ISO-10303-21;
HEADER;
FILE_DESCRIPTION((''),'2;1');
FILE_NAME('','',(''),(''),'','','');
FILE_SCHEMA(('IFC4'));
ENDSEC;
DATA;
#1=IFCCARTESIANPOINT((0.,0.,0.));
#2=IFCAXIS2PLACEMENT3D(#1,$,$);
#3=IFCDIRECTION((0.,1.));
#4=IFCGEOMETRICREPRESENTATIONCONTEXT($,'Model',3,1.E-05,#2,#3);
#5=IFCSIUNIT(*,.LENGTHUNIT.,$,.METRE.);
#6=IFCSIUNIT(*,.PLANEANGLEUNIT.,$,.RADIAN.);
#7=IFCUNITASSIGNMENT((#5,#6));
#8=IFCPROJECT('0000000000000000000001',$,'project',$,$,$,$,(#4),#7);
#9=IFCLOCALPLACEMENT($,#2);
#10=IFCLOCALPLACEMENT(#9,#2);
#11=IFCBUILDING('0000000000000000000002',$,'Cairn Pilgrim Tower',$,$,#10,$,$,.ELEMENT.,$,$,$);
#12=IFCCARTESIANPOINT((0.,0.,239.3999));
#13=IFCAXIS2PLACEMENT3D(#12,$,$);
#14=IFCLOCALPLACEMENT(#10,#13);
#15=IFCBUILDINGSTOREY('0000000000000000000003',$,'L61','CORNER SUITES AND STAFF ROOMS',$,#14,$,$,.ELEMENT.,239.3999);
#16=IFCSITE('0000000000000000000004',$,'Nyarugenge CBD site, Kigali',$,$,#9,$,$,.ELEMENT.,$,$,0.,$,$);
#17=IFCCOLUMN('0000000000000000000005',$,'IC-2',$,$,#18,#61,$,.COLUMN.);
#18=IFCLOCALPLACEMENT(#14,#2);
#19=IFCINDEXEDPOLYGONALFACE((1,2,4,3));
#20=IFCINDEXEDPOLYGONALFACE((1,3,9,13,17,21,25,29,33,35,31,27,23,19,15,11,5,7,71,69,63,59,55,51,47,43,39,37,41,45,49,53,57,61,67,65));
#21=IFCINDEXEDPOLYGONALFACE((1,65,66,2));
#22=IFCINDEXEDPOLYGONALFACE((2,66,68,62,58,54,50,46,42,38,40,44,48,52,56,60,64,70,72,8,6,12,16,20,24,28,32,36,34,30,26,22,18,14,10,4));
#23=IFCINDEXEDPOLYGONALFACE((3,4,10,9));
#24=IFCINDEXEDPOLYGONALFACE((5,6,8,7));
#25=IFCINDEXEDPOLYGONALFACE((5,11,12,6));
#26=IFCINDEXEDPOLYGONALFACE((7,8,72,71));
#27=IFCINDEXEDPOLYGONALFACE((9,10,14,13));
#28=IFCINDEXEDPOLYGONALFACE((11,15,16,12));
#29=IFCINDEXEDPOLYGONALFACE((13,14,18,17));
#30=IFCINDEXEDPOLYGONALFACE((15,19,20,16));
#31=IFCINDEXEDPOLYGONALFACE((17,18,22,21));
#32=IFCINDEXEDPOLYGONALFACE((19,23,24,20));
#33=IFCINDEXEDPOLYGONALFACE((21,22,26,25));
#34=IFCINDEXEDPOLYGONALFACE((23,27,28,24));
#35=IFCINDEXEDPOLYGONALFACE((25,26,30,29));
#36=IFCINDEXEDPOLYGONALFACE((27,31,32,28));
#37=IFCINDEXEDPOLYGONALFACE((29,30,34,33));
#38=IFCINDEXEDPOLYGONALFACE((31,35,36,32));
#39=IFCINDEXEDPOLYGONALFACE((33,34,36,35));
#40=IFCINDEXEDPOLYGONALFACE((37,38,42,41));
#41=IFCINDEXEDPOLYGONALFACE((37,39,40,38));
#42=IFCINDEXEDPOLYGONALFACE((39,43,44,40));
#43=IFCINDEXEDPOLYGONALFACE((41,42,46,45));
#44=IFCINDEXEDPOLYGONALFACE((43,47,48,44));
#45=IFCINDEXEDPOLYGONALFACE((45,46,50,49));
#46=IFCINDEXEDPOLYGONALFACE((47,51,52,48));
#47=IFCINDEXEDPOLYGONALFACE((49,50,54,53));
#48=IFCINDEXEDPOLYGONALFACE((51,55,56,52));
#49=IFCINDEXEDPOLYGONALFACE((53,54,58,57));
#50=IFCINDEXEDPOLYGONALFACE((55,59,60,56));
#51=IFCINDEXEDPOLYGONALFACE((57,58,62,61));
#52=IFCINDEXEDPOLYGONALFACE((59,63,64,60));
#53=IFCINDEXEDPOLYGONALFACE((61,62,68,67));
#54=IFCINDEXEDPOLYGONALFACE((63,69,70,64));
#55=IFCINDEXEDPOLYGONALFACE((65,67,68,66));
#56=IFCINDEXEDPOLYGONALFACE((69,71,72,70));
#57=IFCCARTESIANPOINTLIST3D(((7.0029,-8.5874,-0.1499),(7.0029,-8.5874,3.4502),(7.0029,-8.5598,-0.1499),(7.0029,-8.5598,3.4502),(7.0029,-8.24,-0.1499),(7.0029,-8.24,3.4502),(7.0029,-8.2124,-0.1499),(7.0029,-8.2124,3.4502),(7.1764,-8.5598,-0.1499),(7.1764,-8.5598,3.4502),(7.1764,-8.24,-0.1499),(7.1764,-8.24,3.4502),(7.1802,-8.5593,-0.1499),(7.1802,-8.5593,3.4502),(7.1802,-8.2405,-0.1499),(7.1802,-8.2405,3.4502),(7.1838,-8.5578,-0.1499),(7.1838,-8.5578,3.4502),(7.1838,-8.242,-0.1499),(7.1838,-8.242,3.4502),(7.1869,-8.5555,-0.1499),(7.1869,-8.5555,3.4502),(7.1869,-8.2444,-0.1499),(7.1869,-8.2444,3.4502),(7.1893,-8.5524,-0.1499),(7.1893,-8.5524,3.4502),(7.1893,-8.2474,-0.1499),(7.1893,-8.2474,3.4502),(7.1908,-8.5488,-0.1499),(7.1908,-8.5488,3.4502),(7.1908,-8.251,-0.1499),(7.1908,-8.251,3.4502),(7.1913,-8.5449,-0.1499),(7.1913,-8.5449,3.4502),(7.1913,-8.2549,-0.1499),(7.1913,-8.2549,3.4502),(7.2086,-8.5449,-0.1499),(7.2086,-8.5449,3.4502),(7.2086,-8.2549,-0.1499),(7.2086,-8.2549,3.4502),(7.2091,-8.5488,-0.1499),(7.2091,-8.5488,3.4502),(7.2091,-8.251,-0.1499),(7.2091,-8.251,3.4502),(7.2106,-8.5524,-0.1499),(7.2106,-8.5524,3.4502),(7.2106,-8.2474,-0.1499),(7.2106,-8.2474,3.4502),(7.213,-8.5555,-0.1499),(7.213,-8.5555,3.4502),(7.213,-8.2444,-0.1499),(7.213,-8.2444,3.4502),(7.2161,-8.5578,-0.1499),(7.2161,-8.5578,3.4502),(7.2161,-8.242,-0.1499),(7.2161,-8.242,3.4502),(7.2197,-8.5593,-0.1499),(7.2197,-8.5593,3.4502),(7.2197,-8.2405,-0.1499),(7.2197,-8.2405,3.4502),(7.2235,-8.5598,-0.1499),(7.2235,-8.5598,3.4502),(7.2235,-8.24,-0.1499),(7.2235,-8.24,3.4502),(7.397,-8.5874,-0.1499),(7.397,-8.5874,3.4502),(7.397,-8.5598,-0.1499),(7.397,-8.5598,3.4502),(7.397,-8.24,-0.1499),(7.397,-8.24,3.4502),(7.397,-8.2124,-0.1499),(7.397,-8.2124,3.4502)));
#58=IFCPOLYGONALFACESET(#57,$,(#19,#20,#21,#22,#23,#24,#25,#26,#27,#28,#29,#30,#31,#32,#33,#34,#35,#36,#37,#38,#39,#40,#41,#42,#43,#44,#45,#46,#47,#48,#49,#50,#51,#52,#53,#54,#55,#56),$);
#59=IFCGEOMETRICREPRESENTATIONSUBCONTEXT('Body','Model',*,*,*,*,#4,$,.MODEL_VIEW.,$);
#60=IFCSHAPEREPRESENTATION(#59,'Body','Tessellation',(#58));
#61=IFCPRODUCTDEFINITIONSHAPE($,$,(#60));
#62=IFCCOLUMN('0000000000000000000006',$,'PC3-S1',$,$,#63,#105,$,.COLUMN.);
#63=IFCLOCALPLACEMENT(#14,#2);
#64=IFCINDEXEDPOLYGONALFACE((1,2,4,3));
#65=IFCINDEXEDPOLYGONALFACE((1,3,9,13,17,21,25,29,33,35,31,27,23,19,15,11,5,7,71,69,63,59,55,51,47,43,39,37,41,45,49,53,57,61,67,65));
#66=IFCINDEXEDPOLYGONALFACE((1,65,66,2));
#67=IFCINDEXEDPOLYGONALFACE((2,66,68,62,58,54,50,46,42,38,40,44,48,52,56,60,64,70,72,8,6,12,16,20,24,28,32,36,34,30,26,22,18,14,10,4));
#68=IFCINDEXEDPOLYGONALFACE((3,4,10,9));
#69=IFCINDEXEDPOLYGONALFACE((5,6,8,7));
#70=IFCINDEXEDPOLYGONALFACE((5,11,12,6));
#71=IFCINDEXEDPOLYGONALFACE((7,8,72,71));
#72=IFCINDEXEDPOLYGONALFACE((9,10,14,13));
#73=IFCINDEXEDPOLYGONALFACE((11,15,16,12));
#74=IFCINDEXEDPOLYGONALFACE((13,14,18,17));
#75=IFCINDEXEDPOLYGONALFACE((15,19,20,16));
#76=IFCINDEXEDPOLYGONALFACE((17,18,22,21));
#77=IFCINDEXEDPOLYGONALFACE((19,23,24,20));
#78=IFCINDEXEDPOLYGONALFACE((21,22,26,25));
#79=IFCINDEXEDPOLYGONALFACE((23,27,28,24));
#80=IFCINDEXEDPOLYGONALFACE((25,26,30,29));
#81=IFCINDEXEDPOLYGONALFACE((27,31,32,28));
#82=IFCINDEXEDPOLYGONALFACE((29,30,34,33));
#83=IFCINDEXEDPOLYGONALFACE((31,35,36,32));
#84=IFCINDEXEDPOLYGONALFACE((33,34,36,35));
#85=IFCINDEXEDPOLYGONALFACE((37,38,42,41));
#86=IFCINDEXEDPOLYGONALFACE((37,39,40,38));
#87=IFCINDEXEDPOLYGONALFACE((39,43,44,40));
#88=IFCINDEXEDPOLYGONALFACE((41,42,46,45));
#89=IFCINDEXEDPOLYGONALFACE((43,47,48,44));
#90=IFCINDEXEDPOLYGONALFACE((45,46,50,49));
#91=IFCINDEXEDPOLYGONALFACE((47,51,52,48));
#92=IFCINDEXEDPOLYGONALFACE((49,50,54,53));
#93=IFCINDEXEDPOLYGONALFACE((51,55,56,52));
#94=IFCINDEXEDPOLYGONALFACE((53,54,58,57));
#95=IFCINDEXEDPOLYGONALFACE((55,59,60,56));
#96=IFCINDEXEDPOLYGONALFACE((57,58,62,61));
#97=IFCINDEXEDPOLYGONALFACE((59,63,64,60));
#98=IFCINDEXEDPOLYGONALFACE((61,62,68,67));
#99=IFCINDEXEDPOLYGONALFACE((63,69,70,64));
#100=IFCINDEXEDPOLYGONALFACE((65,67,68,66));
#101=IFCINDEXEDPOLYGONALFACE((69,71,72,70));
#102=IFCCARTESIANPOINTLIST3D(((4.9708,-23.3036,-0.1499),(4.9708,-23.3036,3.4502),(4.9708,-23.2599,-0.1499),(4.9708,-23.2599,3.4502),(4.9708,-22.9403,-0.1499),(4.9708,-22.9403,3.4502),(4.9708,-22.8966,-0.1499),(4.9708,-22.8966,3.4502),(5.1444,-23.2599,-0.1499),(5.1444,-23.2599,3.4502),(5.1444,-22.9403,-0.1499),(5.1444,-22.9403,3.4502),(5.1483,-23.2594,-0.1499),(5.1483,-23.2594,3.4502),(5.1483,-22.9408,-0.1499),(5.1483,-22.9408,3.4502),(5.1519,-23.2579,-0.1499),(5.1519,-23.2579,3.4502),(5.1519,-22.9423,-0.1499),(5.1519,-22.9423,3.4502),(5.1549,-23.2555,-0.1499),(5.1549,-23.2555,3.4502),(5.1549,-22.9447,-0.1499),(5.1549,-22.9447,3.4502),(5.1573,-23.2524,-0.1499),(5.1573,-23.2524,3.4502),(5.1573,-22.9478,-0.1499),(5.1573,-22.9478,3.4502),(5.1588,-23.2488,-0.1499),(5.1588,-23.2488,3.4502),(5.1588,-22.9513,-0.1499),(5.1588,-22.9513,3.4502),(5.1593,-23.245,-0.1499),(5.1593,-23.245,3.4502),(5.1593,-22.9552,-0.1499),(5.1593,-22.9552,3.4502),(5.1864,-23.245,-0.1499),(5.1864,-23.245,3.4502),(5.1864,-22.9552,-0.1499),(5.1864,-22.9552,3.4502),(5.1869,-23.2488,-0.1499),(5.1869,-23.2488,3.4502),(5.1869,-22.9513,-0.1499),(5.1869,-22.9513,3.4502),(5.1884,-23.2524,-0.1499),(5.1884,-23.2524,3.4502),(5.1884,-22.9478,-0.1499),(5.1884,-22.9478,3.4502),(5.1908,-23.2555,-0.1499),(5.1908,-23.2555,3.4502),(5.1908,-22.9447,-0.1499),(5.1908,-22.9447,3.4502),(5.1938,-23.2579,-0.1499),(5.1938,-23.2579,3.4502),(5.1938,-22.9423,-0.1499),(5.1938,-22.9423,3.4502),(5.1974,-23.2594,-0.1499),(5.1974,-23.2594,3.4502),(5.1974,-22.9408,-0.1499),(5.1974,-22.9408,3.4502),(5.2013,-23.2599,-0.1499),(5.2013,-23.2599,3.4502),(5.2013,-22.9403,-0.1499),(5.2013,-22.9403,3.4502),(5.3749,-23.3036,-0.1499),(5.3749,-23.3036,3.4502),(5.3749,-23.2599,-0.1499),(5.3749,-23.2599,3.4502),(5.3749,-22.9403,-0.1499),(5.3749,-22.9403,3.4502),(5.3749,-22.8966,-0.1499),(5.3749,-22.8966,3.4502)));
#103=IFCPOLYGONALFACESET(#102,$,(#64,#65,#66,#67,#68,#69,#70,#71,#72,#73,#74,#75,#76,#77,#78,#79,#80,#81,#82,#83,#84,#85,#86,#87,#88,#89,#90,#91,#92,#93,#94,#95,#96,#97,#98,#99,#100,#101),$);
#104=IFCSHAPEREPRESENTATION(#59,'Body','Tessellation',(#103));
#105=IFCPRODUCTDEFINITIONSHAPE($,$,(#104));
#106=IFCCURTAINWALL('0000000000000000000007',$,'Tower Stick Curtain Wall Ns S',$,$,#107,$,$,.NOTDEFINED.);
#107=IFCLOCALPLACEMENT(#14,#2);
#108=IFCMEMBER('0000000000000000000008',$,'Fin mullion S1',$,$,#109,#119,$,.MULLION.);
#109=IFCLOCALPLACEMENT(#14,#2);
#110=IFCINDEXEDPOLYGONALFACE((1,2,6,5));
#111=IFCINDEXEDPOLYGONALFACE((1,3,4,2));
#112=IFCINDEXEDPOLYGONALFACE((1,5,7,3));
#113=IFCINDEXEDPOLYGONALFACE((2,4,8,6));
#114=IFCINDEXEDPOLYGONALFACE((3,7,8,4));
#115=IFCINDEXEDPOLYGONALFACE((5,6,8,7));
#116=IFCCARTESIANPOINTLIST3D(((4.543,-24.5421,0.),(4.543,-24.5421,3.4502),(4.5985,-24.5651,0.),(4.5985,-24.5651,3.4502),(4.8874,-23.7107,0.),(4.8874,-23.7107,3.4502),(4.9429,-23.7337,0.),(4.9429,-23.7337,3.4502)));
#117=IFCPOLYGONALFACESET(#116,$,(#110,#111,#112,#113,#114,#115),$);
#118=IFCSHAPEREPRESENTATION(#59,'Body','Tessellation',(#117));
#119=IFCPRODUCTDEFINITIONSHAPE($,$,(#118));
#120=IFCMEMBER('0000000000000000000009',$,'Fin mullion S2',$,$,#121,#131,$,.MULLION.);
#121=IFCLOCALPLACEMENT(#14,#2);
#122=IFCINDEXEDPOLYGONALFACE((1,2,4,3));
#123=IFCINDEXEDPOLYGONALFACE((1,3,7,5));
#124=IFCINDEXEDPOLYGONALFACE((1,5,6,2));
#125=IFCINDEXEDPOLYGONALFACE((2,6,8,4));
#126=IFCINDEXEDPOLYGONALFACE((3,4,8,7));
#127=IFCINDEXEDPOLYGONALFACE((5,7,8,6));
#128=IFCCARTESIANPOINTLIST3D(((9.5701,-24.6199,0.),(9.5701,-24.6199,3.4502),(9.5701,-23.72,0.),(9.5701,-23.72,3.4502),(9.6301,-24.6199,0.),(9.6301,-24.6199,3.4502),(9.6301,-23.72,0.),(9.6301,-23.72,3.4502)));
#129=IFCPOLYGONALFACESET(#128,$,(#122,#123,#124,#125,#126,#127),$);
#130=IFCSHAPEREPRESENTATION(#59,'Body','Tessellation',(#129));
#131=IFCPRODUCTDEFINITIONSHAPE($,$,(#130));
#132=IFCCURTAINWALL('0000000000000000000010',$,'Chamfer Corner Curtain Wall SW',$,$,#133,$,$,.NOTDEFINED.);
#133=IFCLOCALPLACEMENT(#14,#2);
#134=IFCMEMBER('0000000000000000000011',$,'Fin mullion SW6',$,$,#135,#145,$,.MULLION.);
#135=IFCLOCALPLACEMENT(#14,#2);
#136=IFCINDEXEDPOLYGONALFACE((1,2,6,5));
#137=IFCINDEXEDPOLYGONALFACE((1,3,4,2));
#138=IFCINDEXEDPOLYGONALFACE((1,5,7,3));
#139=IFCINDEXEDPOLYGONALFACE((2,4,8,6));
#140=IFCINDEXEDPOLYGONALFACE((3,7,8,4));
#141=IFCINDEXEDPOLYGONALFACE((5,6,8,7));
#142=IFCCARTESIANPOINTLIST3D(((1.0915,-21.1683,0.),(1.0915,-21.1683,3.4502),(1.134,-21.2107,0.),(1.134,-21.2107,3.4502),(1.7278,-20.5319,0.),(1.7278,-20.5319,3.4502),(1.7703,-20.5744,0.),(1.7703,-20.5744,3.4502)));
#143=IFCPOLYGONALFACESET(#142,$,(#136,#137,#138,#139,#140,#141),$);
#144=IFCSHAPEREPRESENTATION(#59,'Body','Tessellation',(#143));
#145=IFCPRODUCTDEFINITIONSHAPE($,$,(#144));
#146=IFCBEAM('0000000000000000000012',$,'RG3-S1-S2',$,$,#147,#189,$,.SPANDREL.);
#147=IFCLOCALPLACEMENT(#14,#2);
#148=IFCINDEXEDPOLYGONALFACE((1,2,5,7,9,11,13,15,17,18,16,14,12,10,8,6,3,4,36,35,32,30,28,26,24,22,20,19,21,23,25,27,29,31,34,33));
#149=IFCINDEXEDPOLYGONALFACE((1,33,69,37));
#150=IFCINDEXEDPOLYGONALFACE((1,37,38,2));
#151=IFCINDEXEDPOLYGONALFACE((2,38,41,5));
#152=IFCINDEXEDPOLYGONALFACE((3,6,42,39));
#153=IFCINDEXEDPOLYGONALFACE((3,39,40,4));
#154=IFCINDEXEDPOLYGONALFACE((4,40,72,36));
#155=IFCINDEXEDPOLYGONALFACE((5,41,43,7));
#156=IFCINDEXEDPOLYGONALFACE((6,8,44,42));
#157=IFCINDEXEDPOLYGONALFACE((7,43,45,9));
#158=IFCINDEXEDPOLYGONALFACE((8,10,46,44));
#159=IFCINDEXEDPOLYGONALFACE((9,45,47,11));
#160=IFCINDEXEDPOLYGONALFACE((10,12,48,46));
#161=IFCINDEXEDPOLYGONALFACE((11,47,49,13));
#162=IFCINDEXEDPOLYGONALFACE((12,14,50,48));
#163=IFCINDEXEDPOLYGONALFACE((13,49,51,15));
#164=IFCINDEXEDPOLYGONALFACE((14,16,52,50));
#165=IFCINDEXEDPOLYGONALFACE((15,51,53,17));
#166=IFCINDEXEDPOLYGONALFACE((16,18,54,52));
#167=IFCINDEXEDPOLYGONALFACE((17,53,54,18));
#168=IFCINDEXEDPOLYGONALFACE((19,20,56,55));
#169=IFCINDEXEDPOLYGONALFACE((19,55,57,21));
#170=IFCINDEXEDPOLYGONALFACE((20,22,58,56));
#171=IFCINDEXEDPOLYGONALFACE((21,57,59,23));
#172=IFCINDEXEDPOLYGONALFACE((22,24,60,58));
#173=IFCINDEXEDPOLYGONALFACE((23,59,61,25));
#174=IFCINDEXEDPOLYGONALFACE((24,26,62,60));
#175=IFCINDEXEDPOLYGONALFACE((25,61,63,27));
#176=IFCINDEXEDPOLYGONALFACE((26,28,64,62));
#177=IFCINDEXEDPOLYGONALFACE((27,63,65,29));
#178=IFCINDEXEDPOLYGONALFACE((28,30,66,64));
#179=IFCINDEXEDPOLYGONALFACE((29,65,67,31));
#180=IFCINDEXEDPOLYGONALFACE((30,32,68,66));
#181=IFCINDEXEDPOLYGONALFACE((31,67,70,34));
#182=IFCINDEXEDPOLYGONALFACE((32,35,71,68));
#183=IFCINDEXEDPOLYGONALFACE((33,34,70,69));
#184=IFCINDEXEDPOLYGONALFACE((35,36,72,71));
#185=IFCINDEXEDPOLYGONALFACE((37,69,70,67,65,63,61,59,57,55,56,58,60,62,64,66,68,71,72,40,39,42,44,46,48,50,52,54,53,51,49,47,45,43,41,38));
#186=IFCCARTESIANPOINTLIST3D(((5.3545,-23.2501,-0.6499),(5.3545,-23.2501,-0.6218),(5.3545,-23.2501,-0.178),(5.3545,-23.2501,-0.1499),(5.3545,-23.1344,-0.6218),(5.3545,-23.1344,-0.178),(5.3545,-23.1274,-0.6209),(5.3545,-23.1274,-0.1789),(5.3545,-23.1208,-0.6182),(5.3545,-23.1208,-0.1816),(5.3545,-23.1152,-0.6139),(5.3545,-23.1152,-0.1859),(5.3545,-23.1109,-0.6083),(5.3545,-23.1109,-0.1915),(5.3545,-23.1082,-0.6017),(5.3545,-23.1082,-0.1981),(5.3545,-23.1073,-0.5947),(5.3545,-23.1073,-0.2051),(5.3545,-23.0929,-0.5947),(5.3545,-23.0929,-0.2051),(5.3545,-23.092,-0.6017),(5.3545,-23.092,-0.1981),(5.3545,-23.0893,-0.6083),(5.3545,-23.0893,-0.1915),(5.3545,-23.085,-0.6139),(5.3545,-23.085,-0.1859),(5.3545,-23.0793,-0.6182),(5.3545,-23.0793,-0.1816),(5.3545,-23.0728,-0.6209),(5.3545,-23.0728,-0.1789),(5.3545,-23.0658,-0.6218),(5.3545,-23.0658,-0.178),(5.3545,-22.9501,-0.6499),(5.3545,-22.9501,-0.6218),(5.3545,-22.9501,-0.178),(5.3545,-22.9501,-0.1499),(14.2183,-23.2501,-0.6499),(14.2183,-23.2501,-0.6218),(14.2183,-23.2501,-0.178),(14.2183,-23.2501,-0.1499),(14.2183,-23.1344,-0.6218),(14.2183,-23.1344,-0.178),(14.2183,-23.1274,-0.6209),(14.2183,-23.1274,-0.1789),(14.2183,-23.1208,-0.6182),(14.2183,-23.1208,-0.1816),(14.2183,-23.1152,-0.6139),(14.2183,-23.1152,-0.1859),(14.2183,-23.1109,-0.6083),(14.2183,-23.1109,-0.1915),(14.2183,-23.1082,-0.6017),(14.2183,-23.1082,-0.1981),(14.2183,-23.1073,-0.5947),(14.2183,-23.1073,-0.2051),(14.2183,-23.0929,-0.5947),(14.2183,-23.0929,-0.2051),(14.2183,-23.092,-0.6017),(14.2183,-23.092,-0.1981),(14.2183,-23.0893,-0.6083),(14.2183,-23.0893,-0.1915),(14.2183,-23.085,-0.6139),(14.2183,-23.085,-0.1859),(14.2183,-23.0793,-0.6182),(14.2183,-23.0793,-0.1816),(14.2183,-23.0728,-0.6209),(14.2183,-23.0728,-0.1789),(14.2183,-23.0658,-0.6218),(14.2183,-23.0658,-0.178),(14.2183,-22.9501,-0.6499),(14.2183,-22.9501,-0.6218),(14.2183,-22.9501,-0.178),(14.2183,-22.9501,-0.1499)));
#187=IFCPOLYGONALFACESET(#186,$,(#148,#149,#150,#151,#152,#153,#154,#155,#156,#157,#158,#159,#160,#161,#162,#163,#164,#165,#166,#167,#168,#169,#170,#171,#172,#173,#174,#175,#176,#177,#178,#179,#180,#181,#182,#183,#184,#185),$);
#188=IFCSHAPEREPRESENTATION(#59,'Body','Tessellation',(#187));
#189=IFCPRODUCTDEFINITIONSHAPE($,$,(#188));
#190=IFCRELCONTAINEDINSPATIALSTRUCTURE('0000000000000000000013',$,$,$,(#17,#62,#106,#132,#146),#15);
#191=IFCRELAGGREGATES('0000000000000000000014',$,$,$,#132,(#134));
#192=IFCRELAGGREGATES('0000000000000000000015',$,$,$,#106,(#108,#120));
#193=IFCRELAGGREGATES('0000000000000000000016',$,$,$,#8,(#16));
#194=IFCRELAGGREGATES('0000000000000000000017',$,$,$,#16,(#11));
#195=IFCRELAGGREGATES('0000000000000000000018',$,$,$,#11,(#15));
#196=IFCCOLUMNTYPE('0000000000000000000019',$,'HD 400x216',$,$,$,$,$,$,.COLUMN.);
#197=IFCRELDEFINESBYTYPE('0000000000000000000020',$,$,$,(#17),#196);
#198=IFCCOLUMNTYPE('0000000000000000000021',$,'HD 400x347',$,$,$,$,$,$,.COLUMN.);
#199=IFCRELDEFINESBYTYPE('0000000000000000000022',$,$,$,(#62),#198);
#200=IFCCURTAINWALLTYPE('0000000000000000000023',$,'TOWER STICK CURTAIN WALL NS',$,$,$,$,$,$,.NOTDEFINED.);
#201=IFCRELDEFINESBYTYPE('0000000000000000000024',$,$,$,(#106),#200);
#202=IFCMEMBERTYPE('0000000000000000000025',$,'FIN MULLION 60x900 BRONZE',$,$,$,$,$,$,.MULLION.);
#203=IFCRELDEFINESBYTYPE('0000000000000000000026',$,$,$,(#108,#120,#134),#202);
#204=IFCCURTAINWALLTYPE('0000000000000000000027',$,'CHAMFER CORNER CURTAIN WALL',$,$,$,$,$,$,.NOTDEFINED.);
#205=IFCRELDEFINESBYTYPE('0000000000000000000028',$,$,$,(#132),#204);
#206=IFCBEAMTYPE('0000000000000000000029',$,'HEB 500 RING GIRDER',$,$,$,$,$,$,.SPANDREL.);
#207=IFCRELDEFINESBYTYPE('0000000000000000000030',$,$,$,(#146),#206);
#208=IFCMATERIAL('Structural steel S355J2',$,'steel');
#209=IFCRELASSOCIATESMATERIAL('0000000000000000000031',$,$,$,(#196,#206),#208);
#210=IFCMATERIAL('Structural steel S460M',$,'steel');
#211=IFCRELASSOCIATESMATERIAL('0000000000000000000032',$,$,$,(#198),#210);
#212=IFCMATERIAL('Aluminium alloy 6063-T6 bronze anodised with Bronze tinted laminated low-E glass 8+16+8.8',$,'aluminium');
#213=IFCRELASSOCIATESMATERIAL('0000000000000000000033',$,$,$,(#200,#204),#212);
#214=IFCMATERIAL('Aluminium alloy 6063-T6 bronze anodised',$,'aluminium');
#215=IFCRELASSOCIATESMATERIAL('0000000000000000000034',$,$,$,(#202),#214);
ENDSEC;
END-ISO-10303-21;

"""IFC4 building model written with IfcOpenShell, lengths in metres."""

from ifc_helpers import new_model, si_unit, direction, frame, origin, origin_2d, place, context, subcontext, project, spatial, rectangle, i_section, extrude, material, material_profile, profile_set, type_object, element, aggregate, save


model = new_model("IFC4")

# Units and contexts
model_context = context("Model", 3, precision=1e-05, world=origin(), true_north=direction((0.0, 1.0)))
body_context = subcontext(model_context, "Body", "Model", "MODEL_VIEW")
ifc_project = project(units=[si_unit("LENGTHUNIT", "METRE"), si_unit("PLANEANGLEUNIT", "RADIAN")], contexts=[model_context])

# Site, building, storey
site_placement = place(None, origin())
site = spatial("IfcSite", under=ifc_project, at=site_placement, Name="Nyarugenge CBD site, Kigali", CompositionType="ELEMENT", RefElevation=0.0)
building_placement = place(site_placement, origin())
building = spatial("IfcBuilding", under=site, at=building_placement, Name="Cairn Pilgrim Tower", CompositionType="ELEMENT")
storey_placement = place(building_placement, frame((0.0, 0.0, 239.3999)))
storey = spatial("IfcBuildingStorey", under=building, at=storey_placement, Name="L61", Description="CORNER SUITES AND STAFF ROOMS", CompositionType="ELEMENT", Elevation=239.3999)

# Columns
ifc_material_1 = material(Name="Structural steel S355J2", Category="steel")
ifc_material_profile_1 = material_profile(ifc_material_1, i_section(OverallWidth=0.394, OverallDepth=0.375, WebThickness=0.0173, FlangeThickness=0.0276, FilletRadius=0.0149, at=origin_2d()), Name="HD 400x216")
ifc_profile_set_1 = profile_set([ifc_material_profile_1], Name="Structural steel S355J2")
column_type_1 = type_object("IfcColumnType", Name="HD 400x216", PredefinedType="COLUMN", material=ifc_profile_set_1)
column_1_placement = place(storey_placement, frame((7.2, -8.3999, -0.1499), z_axis=(0.0, 0.0, 1.0), x_axis=(1.0, 0.0, 0.0)))
element("IfcColumn", 1, at=column_1_placement, inside=storey, type_object=column_type_1, Name="IC-2", PredefinedType="COLUMN", context=body_context, shape_type="SweptSolid", body=[
    extrude(i_section(OverallWidth=0.394, OverallDepth=0.375, WebThickness=0.0173, FlangeThickness=0.0276, FilletRadius=0.0149, at=origin_2d()), origin(), (0.0, 0.0, 1.0), 3.6001),
])
ifc_material_2 = material(Name="Structural steel S460M", Category="steel")
ifc_material_profile_2 = material_profile(ifc_material_2, i_section(OverallWidth=0.4041, OverallDepth=0.407, WebThickness=0.0271, FlangeThickness=0.0437, FilletRadius=0.0149, at=origin_2d()), Name="HD 400x347")
ifc_profile_set_2 = profile_set([ifc_material_profile_2], Name="Structural steel S460M")
column_type_2 = type_object("IfcColumnType", Name="HD 400x347", PredefinedType="COLUMN", material=ifc_profile_set_2)
column_2_placement = place(storey_placement, frame((5.1729, -23.1001, -0.1499), z_axis=(0.0, 0.0, 1.0), x_axis=(1.0, 0.0, 0.0)))
element("IfcColumn", 2, at=column_2_placement, inside=storey, type_object=column_type_2, Name="PC3-S1", PredefinedType="COLUMN", context=body_context, shape_type="SweptSolid", body=[
    extrude(i_section(OverallWidth=0.4041, OverallDepth=0.407, WebThickness=0.0271, FlangeThickness=0.0437, FilletRadius=0.0149, at=origin_2d()), origin(), (0.0, 0.0, 1.0), 3.6001),
])

# Curtain wall, members
ifc_material_3 = material(Name="Aluminium alloy 6063-T6 bronze anodised with Bronze tinted laminated low-E glass 8+16+8.8", Category="aluminium")
curtain_wall_type_1 = type_object("IfcCurtainWallType", Name="TOWER STICK CURTAIN WALL NS", PredefinedType="NOTDEFINED", material=ifc_material_3)
curtain_wall_1_placement = place(storey_placement, origin())
curtain_wall_1 = element("IfcCurtainWall", 3, at=curtain_wall_1_placement, inside=storey, type_object=curtain_wall_type_1, Name="Tower Stick Curtain Wall Ns S", PredefinedType="NOTDEFINED")
ifc_material_4 = material(Name="Aluminium alloy 6063-T6 bronze anodised", Category="aluminium")
ifc_material_profile_3 = material_profile(ifc_material_4, rectangle(XDim=0.8999, YDim=0.0601, at=origin_2d()), Name="FIN MULLION 60x900 BRONZE")
ifc_profile_set_3 = profile_set([ifc_material_profile_3], Name="Aluminium alloy 6063-T6 bronze anodised")
member_type_1 = type_object("IfcMemberType", Name="FIN MULLION 60x900 BRONZE", PredefinedType="MULLION", material=ifc_profile_set_3)
member_1_placement = place(storey_placement, frame((4.7429, -24.1379, 0.0), z_axis=(0.0, 0.0, 1.0), x_axis=(-0.382683, -0.92388, 0.0)))
member_1 = element("IfcMember", 4, at=member_1_placement, type_object=member_type_1, Name="Fin mullion S1", PredefinedType="MULLION", context=body_context, shape_type="SweptSolid", body=[
    extrude(rectangle(XDim=0.8999, YDim=0.0601, at=origin_2d()), origin(), (0.0, 0.0, 1.0), 3.4502),
])
member_2_placement = place(storey_placement, frame((9.6001, -24.1699, 0.0), z_axis=(0.0, 0.0, 1.0), x_axis=(0.0, -1.0, 0.0)))
member_2 = element("IfcMember", 5, at=member_2_placement, type_object=member_type_1, Name="Fin mullion S2", PredefinedType="MULLION", context=body_context, shape_type="SweptSolid", body=[
    extrude(rectangle(XDim=0.8999, YDim=0.0601, at=origin_2d()), origin(), (0.0, 0.0, 1.0), 3.4502),
])

# Curtain wall, member
curtain_wall_type_2 = type_object("IfcCurtainWallType", Name="CHAMFER CORNER CURTAIN WALL", PredefinedType="NOTDEFINED", material=ifc_material_3)
curtain_wall_2_placement = place(storey_placement, origin())
curtain_wall_2 = element("IfcCurtainWall", 6, at=curtain_wall_2_placement, inside=storey, type_object=curtain_wall_type_2, Name="Chamfer Corner Curtain Wall SW", PredefinedType="NOTDEFINED")
member_3_placement = place(storey_placement, frame((1.4309, -20.8713, 0.0), z_axis=(0.0, 0.0, 1.0), x_axis=(-0.707107, -0.707107, 0.0)))
member_3 = element("IfcMember", 7, at=member_3_placement, type_object=member_type_1, Name="Fin mullion SW6", PredefinedType="MULLION", context=body_context, shape_type="SweptSolid", body=[
    extrude(rectangle(XDim=0.8999, YDim=0.0601, at=origin_2d()), origin(), (0.0, 0.0, 1.0), 3.4502),
])

# Beam
ifc_material_profile_4 = material_profile(ifc_material_1, i_section(OverallWidth=0.3, OverallDepth=0.5, WebThickness=0.0144, FlangeThickness=0.0281, FilletRadius=0.0271, at=origin_2d()), Name="HEB 500")
ifc_profile_set_4 = profile_set([ifc_material_profile_4], Name="Structural steel S355J2")
beam_type_1 = type_object("IfcBeamType", Name="HEB 500 RING GIRDER", PredefinedType="SPANDREL", material=ifc_profile_set_4)
beam_1_placement = place(storey_placement, frame((5.3545, -23.1001, -0.3999), z_axis=(1.0, 0.0, 0.0), x_axis=(0.0, 1.0, 0.0)))
element("IfcBeam", 8, at=beam_1_placement, inside=storey, type_object=beam_type_1, Name="RG3-S1-S2", PredefinedType="SPANDREL", context=body_context, shape_type="SweptSolid", body=[
    extrude(i_section(OverallWidth=0.3, OverallDepth=0.5, WebThickness=0.0144, FlangeThickness=0.0281, FilletRadius=0.0271, at=origin_2d()), origin(), (0.0, 0.0, 1.0), 8.8638),
])

aggregate(curtain_wall_2, [member_3])
aggregate(curtain_wall_1, [member_1, member_2])

save(model, "model.ifc")
